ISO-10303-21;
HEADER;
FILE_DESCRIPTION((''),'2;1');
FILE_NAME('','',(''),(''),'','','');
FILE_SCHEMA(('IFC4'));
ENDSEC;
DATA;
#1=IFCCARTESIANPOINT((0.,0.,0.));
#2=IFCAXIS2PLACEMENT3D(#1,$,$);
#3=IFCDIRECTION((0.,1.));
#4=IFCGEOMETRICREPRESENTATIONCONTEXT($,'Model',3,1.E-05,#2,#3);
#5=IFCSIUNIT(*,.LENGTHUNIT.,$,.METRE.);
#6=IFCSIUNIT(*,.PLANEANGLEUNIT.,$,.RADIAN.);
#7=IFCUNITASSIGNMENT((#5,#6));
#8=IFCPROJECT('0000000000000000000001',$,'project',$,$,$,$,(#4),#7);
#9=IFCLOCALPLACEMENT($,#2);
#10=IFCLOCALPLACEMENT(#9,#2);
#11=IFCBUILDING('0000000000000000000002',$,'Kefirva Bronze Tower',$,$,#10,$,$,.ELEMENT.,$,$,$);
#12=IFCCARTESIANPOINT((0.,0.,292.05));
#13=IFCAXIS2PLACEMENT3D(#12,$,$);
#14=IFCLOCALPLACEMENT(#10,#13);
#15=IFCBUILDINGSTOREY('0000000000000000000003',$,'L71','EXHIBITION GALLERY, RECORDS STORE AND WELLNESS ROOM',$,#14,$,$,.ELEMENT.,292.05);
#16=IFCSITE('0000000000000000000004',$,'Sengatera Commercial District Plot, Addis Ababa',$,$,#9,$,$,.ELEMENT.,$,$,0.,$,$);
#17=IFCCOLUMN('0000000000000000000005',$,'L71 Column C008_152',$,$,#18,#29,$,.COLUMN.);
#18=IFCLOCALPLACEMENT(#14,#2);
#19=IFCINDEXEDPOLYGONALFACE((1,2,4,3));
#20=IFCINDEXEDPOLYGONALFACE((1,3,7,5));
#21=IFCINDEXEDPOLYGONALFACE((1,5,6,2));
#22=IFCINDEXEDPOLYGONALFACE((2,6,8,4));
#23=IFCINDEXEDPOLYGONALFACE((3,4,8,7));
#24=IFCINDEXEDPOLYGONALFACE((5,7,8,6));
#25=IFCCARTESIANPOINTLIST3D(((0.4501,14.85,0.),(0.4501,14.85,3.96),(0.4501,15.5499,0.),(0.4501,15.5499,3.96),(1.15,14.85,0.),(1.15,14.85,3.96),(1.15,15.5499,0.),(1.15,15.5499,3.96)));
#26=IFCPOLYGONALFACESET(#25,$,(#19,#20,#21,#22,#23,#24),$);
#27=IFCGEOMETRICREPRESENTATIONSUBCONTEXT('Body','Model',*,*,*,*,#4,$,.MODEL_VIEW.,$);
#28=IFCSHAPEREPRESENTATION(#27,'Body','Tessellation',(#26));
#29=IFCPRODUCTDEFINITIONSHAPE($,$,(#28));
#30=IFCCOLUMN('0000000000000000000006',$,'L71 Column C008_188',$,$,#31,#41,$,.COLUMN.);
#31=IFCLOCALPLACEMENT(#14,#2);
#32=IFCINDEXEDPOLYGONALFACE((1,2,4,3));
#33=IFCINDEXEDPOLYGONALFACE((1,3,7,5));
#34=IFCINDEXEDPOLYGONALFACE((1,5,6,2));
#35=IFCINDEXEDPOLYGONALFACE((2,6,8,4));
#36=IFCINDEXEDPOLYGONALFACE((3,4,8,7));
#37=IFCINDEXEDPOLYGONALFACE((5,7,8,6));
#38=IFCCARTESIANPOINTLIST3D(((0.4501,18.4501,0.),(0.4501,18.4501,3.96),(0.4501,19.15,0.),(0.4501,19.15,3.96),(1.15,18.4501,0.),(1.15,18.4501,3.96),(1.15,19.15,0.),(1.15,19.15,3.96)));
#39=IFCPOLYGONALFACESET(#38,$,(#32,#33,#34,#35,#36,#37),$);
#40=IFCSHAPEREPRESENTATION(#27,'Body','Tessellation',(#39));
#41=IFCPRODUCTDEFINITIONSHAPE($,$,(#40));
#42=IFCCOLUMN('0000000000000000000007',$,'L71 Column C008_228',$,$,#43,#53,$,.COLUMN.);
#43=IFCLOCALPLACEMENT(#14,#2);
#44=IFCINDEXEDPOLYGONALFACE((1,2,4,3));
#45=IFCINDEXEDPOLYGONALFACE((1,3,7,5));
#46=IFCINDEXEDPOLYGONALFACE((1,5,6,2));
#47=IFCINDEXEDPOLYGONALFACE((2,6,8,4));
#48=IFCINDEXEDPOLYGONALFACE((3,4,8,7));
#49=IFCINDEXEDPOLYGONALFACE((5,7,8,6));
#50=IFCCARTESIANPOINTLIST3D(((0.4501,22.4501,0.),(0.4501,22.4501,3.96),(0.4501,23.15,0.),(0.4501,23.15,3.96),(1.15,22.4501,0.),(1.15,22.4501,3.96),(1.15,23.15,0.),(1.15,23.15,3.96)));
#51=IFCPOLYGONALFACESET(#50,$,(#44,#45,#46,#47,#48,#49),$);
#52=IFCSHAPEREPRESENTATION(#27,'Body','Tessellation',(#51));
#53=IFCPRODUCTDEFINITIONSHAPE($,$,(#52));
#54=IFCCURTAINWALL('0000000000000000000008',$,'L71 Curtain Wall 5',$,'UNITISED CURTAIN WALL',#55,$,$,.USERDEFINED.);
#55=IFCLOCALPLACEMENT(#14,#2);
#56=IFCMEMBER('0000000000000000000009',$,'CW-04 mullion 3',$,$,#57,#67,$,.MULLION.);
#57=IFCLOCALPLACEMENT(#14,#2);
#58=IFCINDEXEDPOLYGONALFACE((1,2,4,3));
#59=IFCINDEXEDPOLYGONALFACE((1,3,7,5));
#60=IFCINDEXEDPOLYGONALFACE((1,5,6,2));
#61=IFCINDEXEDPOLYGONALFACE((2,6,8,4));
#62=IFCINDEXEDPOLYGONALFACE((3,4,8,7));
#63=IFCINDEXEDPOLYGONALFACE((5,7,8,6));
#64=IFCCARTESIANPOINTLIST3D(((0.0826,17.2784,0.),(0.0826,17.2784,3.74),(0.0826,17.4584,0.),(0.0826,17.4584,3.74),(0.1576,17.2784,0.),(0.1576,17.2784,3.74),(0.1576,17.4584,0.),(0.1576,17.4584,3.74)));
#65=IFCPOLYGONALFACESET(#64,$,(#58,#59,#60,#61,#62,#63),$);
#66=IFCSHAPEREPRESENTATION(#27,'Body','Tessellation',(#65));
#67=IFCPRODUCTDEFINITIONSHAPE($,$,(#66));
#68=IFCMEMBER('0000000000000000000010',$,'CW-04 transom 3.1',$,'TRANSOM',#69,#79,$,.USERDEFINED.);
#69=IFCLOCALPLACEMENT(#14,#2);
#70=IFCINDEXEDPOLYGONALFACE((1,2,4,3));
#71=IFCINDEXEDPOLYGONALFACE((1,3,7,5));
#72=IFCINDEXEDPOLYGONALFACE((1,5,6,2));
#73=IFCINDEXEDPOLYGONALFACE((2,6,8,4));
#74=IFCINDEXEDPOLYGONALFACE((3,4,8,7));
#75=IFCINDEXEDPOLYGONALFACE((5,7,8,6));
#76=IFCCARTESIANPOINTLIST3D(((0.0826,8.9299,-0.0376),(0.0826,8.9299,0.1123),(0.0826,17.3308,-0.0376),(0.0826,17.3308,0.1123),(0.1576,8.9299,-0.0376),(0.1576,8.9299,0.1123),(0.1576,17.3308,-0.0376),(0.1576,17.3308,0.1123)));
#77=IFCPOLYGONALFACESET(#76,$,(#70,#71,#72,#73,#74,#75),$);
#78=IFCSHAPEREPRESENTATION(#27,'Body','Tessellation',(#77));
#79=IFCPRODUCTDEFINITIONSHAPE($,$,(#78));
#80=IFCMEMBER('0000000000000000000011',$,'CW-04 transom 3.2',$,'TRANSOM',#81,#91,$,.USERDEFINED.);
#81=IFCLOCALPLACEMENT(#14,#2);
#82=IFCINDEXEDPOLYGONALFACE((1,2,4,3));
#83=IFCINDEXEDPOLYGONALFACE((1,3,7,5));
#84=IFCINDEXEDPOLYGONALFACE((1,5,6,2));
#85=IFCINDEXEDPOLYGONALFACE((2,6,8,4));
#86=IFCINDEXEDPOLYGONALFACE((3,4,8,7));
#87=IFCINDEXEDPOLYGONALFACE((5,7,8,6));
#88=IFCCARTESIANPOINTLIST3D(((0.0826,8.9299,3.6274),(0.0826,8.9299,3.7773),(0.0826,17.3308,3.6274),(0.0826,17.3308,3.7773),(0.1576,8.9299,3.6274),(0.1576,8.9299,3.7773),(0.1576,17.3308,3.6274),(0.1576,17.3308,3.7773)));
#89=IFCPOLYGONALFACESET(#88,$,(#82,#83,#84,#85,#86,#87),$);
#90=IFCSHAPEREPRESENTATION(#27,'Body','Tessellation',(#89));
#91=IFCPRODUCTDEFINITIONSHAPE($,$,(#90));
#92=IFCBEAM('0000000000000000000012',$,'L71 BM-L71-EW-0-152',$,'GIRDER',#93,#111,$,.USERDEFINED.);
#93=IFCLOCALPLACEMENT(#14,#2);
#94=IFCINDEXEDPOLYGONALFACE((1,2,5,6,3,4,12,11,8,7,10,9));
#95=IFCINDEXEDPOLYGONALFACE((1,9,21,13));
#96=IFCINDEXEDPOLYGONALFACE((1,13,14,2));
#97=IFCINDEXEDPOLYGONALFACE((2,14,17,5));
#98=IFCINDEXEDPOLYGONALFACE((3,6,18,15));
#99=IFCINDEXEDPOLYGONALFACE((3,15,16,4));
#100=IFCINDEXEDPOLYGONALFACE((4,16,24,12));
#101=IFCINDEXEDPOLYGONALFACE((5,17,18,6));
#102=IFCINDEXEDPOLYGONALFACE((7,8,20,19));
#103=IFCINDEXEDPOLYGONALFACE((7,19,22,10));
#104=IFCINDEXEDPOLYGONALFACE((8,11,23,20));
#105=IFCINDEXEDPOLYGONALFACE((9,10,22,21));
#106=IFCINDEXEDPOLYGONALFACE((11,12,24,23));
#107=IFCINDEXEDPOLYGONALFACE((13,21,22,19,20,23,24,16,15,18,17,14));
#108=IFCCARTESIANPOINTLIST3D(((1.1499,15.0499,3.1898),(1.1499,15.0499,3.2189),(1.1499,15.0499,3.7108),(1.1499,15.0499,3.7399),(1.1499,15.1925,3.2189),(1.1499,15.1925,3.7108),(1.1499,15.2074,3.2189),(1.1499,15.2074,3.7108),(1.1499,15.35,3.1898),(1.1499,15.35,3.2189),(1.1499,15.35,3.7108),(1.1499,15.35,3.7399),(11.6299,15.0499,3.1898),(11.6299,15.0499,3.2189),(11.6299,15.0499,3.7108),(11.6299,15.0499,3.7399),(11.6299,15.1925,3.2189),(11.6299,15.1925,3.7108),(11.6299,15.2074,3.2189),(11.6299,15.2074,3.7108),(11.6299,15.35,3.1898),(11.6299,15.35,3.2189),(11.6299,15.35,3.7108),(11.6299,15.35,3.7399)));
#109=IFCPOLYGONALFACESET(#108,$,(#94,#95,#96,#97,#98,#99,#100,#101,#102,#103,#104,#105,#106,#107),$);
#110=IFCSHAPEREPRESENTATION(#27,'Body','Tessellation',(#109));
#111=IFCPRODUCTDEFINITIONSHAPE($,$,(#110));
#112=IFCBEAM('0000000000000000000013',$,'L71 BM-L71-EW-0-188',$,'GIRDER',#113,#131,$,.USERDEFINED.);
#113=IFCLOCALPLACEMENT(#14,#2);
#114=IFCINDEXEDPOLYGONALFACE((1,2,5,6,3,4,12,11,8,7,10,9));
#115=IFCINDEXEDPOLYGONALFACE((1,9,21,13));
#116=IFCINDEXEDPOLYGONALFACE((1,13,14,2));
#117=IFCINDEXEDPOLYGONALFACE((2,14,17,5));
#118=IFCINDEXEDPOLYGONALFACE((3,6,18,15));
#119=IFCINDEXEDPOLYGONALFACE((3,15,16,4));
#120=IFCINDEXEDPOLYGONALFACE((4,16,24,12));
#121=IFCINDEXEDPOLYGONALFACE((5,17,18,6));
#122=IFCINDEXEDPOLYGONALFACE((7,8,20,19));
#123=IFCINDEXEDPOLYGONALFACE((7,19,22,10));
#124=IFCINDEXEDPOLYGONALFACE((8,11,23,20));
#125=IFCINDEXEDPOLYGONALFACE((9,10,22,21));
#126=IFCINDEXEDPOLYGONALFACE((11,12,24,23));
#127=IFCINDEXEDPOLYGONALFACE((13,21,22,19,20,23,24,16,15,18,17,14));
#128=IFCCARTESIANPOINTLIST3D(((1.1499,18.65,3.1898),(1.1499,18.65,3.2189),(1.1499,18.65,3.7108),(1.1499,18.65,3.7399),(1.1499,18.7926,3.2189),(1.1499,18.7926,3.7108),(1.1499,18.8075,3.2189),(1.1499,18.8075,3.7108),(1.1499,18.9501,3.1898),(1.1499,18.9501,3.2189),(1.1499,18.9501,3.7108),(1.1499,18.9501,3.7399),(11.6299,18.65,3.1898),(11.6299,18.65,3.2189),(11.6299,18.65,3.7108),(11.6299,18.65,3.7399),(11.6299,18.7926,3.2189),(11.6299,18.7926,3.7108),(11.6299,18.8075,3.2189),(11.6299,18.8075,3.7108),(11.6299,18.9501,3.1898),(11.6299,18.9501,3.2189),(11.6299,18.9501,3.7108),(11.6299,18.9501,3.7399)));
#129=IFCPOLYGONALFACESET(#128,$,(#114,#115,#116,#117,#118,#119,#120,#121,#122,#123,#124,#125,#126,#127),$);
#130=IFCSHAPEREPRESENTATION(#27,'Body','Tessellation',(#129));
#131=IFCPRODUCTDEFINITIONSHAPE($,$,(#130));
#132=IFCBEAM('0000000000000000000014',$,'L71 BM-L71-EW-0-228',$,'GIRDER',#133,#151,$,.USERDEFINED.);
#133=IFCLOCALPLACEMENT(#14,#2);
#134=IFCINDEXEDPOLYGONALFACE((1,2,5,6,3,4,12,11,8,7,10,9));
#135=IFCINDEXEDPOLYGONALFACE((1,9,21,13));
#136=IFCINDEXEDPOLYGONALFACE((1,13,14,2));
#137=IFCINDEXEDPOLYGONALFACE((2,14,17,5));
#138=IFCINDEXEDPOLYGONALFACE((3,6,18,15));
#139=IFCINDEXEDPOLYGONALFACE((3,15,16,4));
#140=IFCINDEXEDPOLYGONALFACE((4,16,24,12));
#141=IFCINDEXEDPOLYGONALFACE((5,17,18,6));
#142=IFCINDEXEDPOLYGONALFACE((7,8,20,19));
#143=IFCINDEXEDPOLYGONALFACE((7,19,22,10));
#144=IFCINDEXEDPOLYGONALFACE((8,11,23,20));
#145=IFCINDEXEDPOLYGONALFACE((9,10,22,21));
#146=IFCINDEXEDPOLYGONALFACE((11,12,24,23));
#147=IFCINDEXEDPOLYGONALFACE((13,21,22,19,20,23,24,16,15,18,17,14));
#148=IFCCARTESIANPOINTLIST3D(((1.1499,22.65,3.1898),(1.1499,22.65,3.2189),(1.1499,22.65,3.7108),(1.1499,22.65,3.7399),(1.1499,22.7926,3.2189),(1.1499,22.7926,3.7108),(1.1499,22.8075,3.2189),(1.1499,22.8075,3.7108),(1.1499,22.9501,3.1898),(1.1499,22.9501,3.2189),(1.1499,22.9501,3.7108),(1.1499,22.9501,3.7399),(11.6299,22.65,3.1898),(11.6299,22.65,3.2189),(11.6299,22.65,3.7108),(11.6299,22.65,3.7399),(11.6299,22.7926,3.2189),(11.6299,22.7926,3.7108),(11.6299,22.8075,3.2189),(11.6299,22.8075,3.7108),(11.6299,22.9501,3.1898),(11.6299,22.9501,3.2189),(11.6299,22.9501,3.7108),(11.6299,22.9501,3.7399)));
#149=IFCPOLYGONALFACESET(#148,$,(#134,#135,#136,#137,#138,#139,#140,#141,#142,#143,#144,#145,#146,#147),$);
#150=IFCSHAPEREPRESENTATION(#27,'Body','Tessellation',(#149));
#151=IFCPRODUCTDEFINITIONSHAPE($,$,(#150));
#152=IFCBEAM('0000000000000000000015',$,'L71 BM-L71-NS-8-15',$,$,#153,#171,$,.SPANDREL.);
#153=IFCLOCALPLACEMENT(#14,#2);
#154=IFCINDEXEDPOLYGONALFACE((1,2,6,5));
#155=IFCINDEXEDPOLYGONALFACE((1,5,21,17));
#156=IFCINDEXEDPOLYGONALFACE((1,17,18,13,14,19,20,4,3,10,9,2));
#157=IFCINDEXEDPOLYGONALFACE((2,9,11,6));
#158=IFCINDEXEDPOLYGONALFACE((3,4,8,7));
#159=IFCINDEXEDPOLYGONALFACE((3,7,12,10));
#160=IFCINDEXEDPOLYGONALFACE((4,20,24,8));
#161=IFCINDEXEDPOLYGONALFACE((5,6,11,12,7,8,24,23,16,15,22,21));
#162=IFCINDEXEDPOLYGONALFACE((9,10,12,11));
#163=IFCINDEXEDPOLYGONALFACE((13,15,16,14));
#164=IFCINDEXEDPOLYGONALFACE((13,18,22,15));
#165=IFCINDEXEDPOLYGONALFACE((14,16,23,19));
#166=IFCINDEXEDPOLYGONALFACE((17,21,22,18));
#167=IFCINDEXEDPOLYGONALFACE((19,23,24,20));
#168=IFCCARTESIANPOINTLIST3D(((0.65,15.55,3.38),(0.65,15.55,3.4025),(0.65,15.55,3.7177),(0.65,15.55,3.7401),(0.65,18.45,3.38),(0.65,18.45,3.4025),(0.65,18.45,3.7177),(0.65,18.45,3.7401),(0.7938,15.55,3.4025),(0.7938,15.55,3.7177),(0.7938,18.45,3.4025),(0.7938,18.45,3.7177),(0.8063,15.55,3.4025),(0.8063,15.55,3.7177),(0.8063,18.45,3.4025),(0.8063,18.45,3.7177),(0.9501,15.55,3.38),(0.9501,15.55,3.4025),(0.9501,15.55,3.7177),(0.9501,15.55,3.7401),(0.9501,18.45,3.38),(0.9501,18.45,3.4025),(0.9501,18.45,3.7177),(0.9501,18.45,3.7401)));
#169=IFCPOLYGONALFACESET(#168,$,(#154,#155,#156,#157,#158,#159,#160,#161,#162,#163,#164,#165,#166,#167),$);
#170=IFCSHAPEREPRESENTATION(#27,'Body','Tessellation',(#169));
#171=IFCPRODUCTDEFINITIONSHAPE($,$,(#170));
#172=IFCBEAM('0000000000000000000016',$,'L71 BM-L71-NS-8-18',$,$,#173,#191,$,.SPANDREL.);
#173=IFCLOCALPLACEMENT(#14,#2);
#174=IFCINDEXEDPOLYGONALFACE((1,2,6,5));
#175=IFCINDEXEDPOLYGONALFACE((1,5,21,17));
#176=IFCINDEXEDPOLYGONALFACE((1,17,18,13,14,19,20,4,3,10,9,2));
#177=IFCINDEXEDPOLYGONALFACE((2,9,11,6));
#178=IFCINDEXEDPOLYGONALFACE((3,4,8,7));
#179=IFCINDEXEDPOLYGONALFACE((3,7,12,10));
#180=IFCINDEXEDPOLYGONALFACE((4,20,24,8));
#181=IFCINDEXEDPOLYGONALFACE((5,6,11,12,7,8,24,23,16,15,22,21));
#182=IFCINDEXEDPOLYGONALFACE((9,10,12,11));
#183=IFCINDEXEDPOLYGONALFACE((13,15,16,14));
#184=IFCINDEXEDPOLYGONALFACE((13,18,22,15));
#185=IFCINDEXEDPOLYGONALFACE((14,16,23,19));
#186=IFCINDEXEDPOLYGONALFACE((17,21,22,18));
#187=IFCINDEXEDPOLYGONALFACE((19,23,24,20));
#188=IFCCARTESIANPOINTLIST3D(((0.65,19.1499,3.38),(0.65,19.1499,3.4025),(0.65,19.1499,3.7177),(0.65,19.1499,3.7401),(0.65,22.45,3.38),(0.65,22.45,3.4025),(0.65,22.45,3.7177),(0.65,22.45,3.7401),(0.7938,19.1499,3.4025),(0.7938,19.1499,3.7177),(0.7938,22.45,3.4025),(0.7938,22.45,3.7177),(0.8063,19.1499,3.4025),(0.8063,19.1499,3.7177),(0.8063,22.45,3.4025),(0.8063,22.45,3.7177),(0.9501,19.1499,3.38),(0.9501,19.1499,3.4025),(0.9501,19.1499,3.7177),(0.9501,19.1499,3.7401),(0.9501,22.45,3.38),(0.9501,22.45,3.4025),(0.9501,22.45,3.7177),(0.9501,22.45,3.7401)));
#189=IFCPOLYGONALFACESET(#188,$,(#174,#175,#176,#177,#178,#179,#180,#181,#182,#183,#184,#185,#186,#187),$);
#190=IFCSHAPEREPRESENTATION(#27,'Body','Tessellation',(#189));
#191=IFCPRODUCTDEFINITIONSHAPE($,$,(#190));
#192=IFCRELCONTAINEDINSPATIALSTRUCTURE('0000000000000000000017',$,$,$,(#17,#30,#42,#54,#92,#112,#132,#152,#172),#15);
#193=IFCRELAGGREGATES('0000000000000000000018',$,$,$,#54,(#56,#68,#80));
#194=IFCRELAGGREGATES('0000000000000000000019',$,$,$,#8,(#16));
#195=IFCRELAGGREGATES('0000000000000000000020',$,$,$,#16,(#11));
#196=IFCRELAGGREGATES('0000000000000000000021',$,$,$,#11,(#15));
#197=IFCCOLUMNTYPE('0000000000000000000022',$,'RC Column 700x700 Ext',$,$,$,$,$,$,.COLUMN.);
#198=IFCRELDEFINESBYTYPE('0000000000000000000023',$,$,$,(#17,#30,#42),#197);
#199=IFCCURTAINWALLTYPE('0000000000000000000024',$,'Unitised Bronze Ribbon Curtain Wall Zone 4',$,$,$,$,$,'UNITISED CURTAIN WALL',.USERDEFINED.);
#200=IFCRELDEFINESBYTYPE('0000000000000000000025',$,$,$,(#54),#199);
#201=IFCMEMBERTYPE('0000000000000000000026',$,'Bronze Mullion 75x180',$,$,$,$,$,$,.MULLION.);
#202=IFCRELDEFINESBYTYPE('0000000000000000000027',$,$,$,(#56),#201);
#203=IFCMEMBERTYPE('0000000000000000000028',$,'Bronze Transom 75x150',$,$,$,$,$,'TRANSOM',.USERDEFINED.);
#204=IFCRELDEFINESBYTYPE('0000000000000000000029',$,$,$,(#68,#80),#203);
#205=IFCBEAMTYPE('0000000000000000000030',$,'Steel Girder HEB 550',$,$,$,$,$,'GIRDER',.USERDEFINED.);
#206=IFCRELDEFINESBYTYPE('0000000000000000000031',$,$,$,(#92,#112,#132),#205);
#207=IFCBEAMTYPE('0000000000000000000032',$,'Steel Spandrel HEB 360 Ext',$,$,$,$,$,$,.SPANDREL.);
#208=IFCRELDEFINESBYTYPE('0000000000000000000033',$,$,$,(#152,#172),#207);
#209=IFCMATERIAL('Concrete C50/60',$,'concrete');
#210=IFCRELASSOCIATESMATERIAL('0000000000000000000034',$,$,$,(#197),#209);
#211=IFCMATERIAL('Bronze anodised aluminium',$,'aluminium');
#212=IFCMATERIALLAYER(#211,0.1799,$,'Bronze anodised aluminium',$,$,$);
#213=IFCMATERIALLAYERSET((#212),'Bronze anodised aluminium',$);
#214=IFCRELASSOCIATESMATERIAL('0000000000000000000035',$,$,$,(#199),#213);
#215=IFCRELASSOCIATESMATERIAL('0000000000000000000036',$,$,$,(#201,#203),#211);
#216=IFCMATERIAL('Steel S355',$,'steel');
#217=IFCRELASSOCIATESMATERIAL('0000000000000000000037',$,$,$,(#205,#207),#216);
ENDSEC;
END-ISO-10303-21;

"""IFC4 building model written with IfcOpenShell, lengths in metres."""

from ifc_helpers import new_model, si_unit, direction, frame, origin, origin_2d, place, context, subcontext, project, spatial, rectangle, i_section, extrude, material, layer, layer_set, material_profile, profile_set, type_object, element, aggregate, save


model = new_model("IFC4")

# Units and contexts
model_context = context("Model", 3, precision=1e-05, world=origin(), true_north=direction((0.0, 1.0)))
body_context = subcontext(model_context, "Body", "Model", "MODEL_VIEW")
ifc_project = project(units=[si_unit("LENGTHUNIT", "METRE"), si_unit("PLANEANGLEUNIT", "RADIAN")], contexts=[model_context])

# Site, building, storey
site_placement = place(None, origin())
site = spatial("IfcSite", under=ifc_project, at=site_placement, Name="Sengatera Commercial District Plot, Addis Ababa", CompositionType="ELEMENT", RefElevation=0.0)
building_placement = place(site_placement, origin())
building = spatial("IfcBuilding", under=site, at=building_placement, Name="Kefirva Bronze Tower", CompositionType="ELEMENT")
storey_placement = place(building_placement, frame((0.0, 0.0, 292.05)))
storey = spatial("IfcBuildingStorey", under=building, at=storey_placement, Name="L71", Description="EXHIBITION GALLERY, RECORDS STORE AND WELLNESS ROOM", CompositionType="ELEMENT", Elevation=292.05)

# Columns
ifc_material_1 = material(Name="Concrete C50/60", Category="concrete")
ifc_material_profile_1 = material_profile(ifc_material_1, rectangle(XDim=0.7, YDim=0.7, at=origin_2d()), Name="RC 700x700")
ifc_profile_set_1 = profile_set([ifc_material_profile_1], Name="Concrete C50/60")
column_type = type_object("IfcColumnType", Name="RC Column 700x700 Ext", PredefinedType="COLUMN", material=ifc_profile_set_1)
for number, where, z_axis, x_axis, name in (
    (1, (0.8, 15.2, 0.0), (0.0, 0.0, 1.0), (1.0, 0.0, 0.0), "L71 Column C008_152"),
    (2, (0.8, 18.8, 0.0), (0.0, 0.0, 1.0), (1.0, 0.0, 0.0), "L71 Column C008_188"),
    (3, (0.8, 22.8, 0.0), (0.0, 0.0, 1.0), (1.0, 0.0, 0.0), "L71 Column C008_228"),
):
    element("IfcColumn", number, at=place(storey_placement, frame(where, z_axis=z_axis, x_axis=x_axis)), inside=storey, type_object=column_type, Name=name, PredefinedType="COLUMN", context=body_context, shape_type="SweptSolid", body=[
        extrude(rectangle(XDim=0.7, YDim=0.7, at=origin_2d()), origin(), (0.0, 0.0, 1.0), 3.96),
    ])

# Curtain wall, members
ifc_material_2 = material(Name="Bronze anodised aluminium", Category="aluminium")
ifc_layer_1 = layer(ifc_material_2, 0.1799, Name="Bronze anodised aluminium")
ifc_layer_set_1 = layer_set([ifc_layer_1], Name="Bronze anodised aluminium")
curtain_wall_type = type_object("IfcCurtainWallType", Name="Unitised Bronze Ribbon Curtain Wall Zone 4", ElementType="UNITISED CURTAIN WALL", PredefinedType="USERDEFINED", material=ifc_layer_set_1)
curtain_wall_placement = place(storey_placement, origin())
curtain_wall = element("IfcCurtainWall", 4, at=curtain_wall_placement, inside=storey, type_object=curtain_wall_type, Name="L71 Curtain Wall 5", ObjectType="UNITISED CURTAIN WALL", PredefinedType="USERDEFINED")
ifc_material_profile_2 = material_profile(ifc_material_2, rectangle(XDim=0.075, YDim=0.1799, at=origin_2d()), Name="ALU 75x180")
ifc_profile_set_2 = profile_set([ifc_material_profile_2], Name="Bronze anodised aluminium")
member_type_1 = type_object("IfcMemberType", Name="Bronze Mullion 75x180", PredefinedType="MULLION", material=ifc_profile_set_2)
member_1_placement = place(storey_placement, frame((0.1201, 17.3684, 0.0), z_axis=(0.0, 0.0, 1.0), x_axis=(1.0, 0.0, 0.0)))
member_1 = element("IfcMember", 5, at=member_1_placement, type_object=member_type_1, Name="CW-04 mullion 3", PredefinedType="MULLION", context=body_context, shape_type="SweptSolid", body=[
    extrude(rectangle(XDim=0.075, YDim=0.1799, at=origin_2d()), origin(), (0.0, 0.0, 1.0), 3.74),
])
ifc_material_profile_3 = material_profile(ifc_material_2, rectangle(XDim=0.075, YDim=0.1499, at=origin_2d()), Name="ALU 75x150")
ifc_profile_set_3 = profile_set([ifc_material_profile_3], Name="Bronze anodised aluminium")
member_type_2 = type_object("IfcMemberType", Name="Bronze Transom 75x150", ElementType="TRANSOM", PredefinedType="USERDEFINED", material=ifc_profile_set_3)
member_2_placement = place(storey_placement, frame((0.1201, 17.3308, 0.0374), z_axis=(0.0, -1.0, 0.0), x_axis=(1.0, 0.0, 0.0)))
member_2 = element("IfcMember", 6, at=member_2_placement, type_object=member_type_2, Name="CW-04 transom 3.1", ObjectType="TRANSOM", PredefinedType="USERDEFINED", context=body_context, shape_type="SweptSolid", body=[
    extrude(rectangle(XDim=0.075, YDim=0.1499, at=origin_2d()), origin(), (0.0, 0.0, 1.0), 8.4009),
])
member_3_placement = place(storey_placement, frame((0.1201, 17.3308, 3.7024), z_axis=(0.0, -1.0, 0.0), x_axis=(1.0, 0.0, 0.0)))
member_3 = element("IfcMember", 7, at=member_3_placement, type_object=member_type_2, Name="CW-04 transom 3.2", ObjectType="TRANSOM", PredefinedType="USERDEFINED", context=body_context, shape_type="SweptSolid", body=[
    extrude(rectangle(XDim=0.075, YDim=0.1499, at=origin_2d()), origin(), (0.0, 0.0, 1.0), 8.4009),
])

# Beams
ifc_material_3 = material(Name="Steel S355", Category="steel")
ifc_material_profile_4 = material_profile(ifc_material_3, i_section(OverallWidth=0.3, OverallDepth=0.55, WebThickness=0.0149, FlangeThickness=0.0291, at=origin_2d()), Name="HEB 550")
ifc_profile_set_4 = profile_set([ifc_material_profile_4], Name="Steel S355")
beam_type_1 = type_object("IfcBeamType", Name="Steel Girder HEB 550", ElementType="GIRDER", PredefinedType="USERDEFINED", material=ifc_profile_set_4)
for number, where, z_axis, x_axis, name in (
    (8, (1.1499, 15.2, 3.4648), (1.0, 0.0, 0.0), (0.0, 1.0, 0.0), "L71 BM-L71-EW-0-152"),
    (9, (1.1499, 18.8, 3.4648), (1.0, 0.0, 0.0), (0.0, 1.0, 0.0), "L71 BM-L71-EW-0-188"),
    (10, (1.1499, 22.8, 3.4648), (1.0, 0.0, 0.0), (0.0, 1.0, 0.0), "L71 BM-L71-EW-0-228"),
):
    element("IfcBeam", number, at=place(storey_placement, frame(where, z_axis=z_axis, x_axis=x_axis)), inside=storey, type_object=beam_type_1, Name=name, ObjectType="GIRDER", PredefinedType="USERDEFINED", context=body_context, shape_type="SweptSolid", body=[
        extrude(i_section(OverallWidth=0.3, OverallDepth=0.55, WebThickness=0.0149, FlangeThickness=0.0291, at=origin_2d()), origin(), (0.0, 0.0, 1.0), 10.48),
    ])
ifc_material_profile_5 = material_profile(ifc_material_3, i_section(OverallWidth=0.3, OverallDepth=0.3601, WebThickness=0.0125, FlangeThickness=0.0225, at=origin_2d()), Name="HEB 360")
ifc_profile_set_5 = profile_set([ifc_material_profile_5], Name="Steel S355")
beam_type_2 = type_object("IfcBeamType", Name="Steel Spandrel HEB 360 Ext", PredefinedType="SPANDREL", material=ifc_profile_set_5)
beam_1_placement = place(storey_placement, frame((0.8, 15.55, 3.5601), z_axis=(0.0, 1.0, 0.0), x_axis=(-1.0, 0.0, 0.0)))
element("IfcBeam", 11, at=beam_1_placement, inside=storey, type_object=beam_type_2, Name="L71 BM-L71-NS-8-15", PredefinedType="SPANDREL", context=body_context, shape_type="SweptSolid", body=[
    extrude(i_section(OverallWidth=0.3, OverallDepth=0.3601, WebThickness=0.0125, FlangeThickness=0.0225, at=origin_2d()), origin(), (0.0, 0.0, 1.0), 2.8999),
])
beam_2_placement = place(storey_placement, frame((0.8, 19.1499, 3.5601), z_axis=(0.0, 1.0, 0.0), x_axis=(-1.0, 0.0, 0.0)))
element("IfcBeam", 12, at=beam_2_placement, inside=storey, type_object=beam_type_2, Name="L71 BM-L71-NS-8-18", PredefinedType="SPANDREL", context=body_context, shape_type="SweptSolid", body=[
    extrude(i_section(OverallWidth=0.3, OverallDepth=0.3601, WebThickness=0.0125, FlangeThickness=0.0225, at=origin_2d()), origin(), (0.0, 0.0, 1.0), 3.3),
])

aggregate(curtain_wall, [member_1, member_2, member_3])

save(model, "model.ifc")
